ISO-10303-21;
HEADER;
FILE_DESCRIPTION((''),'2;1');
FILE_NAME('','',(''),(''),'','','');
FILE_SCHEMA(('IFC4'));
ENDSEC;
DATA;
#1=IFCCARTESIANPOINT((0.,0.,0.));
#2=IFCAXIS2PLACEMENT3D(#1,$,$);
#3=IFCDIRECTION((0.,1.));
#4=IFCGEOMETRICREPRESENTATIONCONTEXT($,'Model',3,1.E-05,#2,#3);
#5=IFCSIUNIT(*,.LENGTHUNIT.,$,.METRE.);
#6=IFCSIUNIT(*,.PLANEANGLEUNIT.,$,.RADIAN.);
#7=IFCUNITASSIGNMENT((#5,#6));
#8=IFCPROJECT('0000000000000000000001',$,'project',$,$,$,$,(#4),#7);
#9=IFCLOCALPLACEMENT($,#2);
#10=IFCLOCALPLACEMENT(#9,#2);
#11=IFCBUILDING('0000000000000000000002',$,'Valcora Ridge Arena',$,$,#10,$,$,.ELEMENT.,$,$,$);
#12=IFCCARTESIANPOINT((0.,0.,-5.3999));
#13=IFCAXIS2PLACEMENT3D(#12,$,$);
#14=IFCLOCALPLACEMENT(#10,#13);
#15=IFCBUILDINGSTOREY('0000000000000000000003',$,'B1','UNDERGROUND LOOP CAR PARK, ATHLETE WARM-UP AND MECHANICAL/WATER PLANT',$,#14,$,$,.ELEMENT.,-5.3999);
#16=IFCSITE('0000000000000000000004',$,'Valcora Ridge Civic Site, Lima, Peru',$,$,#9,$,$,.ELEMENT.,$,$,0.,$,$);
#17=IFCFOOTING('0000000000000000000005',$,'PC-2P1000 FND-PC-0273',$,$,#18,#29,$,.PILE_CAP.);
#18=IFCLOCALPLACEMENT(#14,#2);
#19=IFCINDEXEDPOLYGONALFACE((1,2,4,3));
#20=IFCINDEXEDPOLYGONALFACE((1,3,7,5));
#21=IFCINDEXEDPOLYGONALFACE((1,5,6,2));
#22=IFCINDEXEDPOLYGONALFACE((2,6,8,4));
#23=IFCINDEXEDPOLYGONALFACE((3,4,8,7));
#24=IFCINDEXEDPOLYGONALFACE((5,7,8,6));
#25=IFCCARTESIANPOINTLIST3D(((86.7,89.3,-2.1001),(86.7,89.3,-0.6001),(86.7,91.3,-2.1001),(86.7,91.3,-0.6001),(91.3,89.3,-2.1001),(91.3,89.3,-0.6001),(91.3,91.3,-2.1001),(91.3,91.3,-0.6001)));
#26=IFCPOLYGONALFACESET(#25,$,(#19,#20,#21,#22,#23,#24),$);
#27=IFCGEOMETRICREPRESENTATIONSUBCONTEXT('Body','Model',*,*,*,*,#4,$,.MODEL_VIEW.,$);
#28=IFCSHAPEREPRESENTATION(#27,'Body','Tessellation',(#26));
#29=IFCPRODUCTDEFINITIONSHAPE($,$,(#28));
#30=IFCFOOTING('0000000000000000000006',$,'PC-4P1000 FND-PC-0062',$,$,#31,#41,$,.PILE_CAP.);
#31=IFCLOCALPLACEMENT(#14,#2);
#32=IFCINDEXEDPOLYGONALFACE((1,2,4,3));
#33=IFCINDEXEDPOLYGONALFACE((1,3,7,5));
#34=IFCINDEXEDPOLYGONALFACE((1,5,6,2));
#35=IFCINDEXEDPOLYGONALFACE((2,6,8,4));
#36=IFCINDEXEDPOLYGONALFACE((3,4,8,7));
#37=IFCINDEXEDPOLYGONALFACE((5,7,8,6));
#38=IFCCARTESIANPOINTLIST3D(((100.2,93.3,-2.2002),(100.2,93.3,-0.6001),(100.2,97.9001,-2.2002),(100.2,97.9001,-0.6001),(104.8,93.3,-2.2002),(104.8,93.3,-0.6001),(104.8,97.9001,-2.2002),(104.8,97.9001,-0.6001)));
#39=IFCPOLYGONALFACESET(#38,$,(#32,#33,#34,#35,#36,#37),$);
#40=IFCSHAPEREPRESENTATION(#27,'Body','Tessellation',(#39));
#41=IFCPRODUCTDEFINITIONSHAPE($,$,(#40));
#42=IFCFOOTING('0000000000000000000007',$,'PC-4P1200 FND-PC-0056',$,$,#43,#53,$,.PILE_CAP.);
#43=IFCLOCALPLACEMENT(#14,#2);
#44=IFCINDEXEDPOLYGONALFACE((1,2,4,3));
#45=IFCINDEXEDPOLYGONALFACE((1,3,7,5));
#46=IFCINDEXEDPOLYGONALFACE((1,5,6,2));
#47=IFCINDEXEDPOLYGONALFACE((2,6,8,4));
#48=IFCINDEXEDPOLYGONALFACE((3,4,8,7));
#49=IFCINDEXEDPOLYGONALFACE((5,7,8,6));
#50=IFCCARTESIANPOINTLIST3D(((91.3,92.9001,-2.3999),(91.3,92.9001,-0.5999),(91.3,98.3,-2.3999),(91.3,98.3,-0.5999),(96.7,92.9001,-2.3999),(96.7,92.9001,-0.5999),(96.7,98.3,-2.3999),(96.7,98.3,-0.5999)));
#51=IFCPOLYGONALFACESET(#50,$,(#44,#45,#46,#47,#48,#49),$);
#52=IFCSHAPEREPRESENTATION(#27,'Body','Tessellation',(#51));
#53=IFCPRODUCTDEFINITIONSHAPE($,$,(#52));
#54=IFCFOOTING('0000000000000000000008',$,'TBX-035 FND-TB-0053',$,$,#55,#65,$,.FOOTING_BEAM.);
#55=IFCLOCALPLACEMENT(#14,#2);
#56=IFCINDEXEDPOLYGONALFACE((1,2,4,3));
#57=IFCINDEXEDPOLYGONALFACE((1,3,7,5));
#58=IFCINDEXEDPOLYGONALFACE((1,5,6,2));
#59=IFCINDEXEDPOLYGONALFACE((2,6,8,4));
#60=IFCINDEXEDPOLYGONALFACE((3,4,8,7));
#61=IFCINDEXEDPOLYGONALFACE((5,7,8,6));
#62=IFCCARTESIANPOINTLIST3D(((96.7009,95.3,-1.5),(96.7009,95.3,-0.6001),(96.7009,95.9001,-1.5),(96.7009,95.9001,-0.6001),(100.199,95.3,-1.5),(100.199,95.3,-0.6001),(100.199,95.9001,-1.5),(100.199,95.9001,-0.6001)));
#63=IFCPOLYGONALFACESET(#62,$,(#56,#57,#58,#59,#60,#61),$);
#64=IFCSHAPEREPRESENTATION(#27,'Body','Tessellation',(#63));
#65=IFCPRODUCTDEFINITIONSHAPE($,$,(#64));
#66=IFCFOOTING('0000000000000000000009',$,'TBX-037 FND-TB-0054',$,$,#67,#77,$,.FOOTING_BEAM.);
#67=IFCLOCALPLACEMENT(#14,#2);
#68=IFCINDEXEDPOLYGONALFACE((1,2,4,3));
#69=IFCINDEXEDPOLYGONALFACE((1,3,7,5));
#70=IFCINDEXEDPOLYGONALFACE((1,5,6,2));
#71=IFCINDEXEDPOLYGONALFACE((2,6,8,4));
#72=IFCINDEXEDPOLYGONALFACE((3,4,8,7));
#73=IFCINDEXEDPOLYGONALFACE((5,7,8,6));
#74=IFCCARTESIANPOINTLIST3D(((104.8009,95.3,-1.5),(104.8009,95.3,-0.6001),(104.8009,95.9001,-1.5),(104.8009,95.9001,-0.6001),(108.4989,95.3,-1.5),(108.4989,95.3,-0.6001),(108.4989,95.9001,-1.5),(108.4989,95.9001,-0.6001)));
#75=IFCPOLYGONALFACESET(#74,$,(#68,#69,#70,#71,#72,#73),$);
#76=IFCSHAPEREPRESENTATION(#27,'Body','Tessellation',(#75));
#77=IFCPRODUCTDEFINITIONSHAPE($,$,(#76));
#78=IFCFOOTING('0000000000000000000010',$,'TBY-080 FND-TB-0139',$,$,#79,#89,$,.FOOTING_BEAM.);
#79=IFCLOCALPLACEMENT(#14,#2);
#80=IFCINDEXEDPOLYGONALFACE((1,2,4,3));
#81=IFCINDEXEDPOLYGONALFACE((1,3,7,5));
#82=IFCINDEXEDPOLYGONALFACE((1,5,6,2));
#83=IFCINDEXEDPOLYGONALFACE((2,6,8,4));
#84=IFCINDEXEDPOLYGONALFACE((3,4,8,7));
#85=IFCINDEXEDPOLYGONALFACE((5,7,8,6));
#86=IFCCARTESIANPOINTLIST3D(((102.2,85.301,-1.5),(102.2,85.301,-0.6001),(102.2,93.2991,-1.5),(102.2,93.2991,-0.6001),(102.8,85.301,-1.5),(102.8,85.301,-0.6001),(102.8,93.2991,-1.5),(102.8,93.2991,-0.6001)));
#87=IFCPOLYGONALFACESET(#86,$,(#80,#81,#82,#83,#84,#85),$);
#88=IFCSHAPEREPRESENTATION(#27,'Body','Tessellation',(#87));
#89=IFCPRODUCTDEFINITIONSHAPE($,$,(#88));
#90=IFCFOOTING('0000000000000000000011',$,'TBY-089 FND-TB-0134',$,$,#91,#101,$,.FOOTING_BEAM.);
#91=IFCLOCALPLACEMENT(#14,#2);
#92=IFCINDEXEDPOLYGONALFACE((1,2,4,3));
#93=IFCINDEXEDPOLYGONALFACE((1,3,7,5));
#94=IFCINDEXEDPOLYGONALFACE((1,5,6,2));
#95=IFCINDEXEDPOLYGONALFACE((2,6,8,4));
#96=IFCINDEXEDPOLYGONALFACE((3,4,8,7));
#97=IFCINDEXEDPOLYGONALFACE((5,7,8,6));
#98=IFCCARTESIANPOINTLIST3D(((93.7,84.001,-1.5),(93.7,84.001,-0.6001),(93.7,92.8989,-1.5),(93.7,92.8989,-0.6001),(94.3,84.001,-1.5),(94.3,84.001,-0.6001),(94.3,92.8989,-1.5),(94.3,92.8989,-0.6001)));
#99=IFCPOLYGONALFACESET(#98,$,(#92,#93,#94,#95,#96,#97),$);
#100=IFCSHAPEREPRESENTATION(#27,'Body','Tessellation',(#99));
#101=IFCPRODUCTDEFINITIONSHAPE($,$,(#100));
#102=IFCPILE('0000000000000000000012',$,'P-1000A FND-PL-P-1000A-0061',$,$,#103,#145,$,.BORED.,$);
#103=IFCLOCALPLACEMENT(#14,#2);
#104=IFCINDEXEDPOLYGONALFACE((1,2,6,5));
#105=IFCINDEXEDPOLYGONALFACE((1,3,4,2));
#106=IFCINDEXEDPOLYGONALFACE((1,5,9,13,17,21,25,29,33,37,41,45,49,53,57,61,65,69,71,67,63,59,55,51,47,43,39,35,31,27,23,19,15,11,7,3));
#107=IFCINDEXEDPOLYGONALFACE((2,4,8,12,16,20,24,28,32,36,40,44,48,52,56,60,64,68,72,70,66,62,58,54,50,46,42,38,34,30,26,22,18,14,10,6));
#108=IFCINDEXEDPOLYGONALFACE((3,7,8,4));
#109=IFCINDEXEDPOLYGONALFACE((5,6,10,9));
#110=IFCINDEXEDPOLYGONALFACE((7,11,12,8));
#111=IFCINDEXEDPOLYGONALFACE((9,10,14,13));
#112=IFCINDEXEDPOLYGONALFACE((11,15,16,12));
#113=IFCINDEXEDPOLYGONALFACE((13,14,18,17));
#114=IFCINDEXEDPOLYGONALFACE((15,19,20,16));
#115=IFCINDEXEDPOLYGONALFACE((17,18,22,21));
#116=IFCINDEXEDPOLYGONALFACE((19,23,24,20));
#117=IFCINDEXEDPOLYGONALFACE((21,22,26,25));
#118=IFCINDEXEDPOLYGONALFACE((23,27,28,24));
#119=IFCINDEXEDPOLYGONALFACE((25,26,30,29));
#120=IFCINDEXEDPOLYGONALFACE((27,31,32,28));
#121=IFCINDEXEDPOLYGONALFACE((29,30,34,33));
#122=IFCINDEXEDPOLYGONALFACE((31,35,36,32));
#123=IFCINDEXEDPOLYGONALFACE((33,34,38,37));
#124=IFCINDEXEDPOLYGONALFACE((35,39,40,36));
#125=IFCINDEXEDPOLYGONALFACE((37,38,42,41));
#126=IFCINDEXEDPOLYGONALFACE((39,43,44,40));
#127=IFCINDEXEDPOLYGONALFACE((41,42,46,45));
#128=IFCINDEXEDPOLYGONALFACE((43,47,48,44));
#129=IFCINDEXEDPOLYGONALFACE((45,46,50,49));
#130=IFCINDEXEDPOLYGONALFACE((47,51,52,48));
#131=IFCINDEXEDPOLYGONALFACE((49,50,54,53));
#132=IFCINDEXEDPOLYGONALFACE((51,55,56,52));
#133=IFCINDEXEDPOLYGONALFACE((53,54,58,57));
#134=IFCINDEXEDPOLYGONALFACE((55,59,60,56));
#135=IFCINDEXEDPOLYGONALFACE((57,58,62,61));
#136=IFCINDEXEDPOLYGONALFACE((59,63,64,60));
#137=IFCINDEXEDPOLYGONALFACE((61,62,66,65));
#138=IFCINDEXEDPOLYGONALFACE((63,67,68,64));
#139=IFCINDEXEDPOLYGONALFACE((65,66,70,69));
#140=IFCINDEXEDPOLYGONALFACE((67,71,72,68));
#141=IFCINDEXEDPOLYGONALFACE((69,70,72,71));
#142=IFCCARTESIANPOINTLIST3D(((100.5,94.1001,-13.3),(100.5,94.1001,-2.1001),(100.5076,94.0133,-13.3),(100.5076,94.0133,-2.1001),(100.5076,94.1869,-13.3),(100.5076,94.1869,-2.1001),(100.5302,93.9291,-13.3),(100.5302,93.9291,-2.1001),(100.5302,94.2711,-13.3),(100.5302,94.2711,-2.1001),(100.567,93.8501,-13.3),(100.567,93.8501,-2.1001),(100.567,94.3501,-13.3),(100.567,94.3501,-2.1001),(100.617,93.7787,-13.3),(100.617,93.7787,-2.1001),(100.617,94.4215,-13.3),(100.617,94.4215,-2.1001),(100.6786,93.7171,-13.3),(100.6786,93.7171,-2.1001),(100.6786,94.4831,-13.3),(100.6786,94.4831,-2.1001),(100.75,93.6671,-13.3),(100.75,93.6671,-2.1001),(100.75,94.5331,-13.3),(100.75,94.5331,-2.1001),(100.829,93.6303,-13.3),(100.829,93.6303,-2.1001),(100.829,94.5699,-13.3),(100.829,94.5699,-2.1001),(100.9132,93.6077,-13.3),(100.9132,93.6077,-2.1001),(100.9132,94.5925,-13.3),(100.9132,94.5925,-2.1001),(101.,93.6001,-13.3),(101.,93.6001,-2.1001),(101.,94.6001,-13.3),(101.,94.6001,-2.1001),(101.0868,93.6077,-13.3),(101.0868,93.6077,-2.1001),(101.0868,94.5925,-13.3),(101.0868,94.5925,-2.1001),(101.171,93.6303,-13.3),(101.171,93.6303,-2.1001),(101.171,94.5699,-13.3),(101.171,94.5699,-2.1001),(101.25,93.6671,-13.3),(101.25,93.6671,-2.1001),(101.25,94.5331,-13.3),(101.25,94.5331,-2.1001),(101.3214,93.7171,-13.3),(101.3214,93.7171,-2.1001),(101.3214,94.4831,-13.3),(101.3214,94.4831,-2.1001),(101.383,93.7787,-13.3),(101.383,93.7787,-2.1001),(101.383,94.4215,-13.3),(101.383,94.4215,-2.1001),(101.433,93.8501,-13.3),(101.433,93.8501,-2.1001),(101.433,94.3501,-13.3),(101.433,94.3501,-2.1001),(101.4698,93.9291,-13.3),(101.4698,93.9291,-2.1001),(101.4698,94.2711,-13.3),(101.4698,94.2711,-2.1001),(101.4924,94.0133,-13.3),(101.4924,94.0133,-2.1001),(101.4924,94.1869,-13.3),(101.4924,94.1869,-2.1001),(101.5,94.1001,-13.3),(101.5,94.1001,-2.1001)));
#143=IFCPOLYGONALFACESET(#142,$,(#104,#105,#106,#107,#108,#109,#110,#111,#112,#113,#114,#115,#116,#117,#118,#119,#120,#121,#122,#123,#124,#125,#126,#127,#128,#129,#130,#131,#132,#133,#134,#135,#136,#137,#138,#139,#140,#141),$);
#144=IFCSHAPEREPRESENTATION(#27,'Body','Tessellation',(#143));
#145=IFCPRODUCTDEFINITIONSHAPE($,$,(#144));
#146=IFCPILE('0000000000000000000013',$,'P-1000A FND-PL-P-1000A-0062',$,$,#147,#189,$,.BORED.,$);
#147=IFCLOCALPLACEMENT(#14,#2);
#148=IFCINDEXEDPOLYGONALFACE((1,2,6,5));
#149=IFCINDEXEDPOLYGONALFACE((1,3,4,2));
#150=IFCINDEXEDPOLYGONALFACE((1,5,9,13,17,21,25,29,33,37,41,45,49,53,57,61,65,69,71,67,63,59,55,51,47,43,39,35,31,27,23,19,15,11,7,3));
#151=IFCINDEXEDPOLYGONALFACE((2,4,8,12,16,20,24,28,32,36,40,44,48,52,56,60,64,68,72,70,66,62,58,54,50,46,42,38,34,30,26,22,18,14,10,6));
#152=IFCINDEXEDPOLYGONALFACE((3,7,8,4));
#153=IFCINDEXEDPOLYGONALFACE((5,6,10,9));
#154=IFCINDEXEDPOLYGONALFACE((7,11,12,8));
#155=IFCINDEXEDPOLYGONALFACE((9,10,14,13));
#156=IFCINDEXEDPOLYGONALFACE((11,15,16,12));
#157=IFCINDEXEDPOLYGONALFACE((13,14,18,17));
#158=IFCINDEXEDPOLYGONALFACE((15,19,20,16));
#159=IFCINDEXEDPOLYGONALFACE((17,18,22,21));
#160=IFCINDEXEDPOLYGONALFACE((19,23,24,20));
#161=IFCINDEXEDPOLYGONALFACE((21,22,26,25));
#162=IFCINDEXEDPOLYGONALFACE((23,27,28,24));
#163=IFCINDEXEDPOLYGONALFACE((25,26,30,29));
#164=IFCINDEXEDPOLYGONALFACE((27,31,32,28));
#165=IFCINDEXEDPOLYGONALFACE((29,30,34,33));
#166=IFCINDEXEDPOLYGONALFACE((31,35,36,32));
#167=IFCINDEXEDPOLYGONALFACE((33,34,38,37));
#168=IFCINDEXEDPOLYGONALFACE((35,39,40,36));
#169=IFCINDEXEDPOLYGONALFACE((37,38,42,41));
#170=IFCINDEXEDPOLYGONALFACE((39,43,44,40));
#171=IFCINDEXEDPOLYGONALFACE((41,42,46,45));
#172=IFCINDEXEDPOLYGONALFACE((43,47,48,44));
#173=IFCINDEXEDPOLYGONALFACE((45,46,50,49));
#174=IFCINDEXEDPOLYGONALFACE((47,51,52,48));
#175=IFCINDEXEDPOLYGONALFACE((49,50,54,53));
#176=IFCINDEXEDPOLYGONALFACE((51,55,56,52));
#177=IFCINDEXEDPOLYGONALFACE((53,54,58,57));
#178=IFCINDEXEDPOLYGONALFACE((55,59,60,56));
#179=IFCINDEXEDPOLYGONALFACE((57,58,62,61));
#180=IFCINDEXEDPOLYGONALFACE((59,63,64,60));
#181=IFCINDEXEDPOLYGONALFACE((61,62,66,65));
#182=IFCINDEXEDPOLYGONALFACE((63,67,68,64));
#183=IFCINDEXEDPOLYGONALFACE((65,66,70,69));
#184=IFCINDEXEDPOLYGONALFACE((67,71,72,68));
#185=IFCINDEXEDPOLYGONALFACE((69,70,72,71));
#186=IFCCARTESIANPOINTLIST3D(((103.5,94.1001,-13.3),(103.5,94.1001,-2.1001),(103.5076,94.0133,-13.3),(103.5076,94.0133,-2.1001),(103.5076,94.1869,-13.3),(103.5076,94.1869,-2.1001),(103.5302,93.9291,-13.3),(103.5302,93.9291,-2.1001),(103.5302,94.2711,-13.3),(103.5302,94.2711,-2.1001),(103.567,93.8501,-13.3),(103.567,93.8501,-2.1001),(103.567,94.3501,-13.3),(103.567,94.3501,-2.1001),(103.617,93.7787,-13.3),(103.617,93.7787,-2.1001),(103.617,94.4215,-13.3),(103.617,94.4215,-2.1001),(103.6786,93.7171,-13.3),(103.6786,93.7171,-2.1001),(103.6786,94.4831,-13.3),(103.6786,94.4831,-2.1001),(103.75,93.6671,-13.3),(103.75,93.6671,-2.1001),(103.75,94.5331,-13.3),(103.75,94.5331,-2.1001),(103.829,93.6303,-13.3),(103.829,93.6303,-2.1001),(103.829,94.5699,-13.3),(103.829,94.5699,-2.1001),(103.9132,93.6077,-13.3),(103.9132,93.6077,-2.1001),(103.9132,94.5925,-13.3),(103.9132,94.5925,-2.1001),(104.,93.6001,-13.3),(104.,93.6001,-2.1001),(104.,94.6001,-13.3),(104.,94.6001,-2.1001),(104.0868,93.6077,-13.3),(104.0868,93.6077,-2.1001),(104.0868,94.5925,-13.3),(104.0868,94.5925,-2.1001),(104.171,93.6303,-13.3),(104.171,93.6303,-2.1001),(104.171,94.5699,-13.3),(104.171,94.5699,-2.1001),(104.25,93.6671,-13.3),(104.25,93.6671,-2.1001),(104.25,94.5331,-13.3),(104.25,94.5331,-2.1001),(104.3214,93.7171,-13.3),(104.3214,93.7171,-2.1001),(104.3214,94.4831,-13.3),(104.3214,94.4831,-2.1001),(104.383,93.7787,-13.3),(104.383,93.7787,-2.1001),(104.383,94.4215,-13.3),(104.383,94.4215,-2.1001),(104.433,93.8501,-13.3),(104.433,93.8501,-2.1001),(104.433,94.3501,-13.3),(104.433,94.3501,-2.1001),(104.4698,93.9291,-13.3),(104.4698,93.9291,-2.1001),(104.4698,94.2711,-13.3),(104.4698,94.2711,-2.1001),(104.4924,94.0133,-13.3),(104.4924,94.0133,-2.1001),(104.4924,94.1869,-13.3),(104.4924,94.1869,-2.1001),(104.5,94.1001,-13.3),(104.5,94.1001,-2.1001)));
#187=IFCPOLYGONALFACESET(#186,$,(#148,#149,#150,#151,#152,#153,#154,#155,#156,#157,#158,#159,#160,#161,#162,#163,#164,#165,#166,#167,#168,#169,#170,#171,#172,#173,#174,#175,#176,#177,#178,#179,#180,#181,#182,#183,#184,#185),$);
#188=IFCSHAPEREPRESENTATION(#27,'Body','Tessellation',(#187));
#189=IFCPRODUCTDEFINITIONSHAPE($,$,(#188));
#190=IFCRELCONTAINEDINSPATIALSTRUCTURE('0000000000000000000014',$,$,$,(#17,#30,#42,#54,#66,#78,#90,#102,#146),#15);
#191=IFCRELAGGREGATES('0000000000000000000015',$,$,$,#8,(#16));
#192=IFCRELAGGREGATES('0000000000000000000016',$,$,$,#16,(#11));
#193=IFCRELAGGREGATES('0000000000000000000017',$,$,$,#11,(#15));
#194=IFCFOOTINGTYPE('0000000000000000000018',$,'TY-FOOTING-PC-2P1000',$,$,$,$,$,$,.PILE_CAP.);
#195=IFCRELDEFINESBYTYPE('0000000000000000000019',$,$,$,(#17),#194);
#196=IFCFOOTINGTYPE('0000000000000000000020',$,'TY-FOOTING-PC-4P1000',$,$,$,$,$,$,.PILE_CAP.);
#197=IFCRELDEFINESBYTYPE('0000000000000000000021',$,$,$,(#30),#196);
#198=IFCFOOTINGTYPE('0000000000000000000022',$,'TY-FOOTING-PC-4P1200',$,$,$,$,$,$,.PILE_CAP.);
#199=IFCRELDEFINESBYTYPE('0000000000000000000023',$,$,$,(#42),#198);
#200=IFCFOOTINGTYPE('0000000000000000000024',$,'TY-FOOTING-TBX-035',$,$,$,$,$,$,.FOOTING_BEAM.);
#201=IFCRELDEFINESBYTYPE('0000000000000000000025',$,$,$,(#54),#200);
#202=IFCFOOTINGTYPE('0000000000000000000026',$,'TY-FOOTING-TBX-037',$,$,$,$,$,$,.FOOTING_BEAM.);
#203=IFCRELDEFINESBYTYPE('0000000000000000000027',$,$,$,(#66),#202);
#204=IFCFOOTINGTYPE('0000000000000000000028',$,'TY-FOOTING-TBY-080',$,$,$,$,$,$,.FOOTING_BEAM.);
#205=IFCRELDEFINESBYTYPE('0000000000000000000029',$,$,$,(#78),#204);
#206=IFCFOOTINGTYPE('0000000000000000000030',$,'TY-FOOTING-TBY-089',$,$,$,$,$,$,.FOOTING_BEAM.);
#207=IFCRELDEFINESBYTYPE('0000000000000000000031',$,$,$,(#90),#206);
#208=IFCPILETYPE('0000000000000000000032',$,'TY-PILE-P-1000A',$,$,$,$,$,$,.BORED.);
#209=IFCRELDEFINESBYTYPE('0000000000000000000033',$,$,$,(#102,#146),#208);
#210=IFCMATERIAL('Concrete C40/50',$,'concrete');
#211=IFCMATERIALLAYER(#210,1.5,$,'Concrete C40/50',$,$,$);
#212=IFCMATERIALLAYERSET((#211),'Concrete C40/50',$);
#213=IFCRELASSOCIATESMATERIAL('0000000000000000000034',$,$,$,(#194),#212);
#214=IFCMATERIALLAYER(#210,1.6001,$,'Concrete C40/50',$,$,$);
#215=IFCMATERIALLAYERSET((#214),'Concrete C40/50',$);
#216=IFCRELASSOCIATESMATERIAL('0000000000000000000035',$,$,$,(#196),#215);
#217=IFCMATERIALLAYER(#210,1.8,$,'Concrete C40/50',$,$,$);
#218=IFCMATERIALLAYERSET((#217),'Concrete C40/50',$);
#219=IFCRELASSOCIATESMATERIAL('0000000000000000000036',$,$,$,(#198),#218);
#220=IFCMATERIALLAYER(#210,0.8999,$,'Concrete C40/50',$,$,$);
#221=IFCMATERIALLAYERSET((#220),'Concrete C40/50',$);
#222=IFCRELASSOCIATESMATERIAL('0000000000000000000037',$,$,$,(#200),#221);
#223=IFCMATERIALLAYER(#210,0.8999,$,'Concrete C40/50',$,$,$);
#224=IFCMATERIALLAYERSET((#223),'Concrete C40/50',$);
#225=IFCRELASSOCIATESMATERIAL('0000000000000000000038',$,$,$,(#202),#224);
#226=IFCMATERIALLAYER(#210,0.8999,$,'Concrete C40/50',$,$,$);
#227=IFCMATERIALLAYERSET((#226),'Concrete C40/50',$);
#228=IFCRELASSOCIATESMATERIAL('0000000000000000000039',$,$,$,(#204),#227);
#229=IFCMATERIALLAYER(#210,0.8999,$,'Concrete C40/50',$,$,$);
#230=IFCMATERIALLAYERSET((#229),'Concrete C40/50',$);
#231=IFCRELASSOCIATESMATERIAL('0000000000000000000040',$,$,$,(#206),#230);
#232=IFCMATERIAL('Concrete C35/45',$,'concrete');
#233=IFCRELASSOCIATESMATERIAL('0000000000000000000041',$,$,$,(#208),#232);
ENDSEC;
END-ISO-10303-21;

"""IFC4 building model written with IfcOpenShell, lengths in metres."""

from ifc_helpers import new_model, si_unit, direction, frame, origin, origin_2d, place, context, subcontext, project, spatial, rectangle, circle, extrude, material, layer, layer_set, material_profile, profile_set, type_object, element, save


model = new_model("IFC4")

# Units and contexts
model_context = context("Model", 3, precision=1e-05, world=origin(), true_north=direction((0.0, 1.0)))
body_context = subcontext(model_context, "Body", "Model", "MODEL_VIEW")
ifc_project = project(units=[si_unit("LENGTHUNIT", "METRE"), si_unit("PLANEANGLEUNIT", "RADIAN")], contexts=[model_context])

# Site, building, storey
site_placement = place(None, origin())
site = spatial("IfcSite", under=ifc_project, at=site_placement, Name="Valcora Ridge Civic Site, Lima, Peru", CompositionType="ELEMENT", RefElevation=0.0)
building_placement = place(site_placement, origin())
building = spatial("IfcBuilding", under=site, at=building_placement, Name="Valcora Ridge Arena", CompositionType="ELEMENT")
storey_placement = place(building_placement, frame((0.0, 0.0, -5.3999)))
storey = spatial("IfcBuildingStorey", under=building, at=storey_placement, Name="B1", Description="UNDERGROUND LOOP CAR PARK, ATHLETE WARM-UP AND MECHANICAL/WATER PLANT", CompositionType="ELEMENT", Elevation=-5.3999)

# Footings
ifc_material_1 = material(Name="Concrete C40/50", Category="concrete")
ifc_layer_1 = layer(ifc_material_1, 1.5, Name="Concrete C40/50")
ifc_layer_set_1 = layer_set([ifc_layer_1], Name="Concrete C40/50")
footing_type_1 = type_object("IfcFootingType", Name="TY-FOOTING-PC-2P1000", PredefinedType="PILE_CAP", material=ifc_layer_set_1)
footing_1_placement = place(storey_placement, frame((89.0, 90.3, -2.1001), z_axis=(0.0, 0.0, 1.0), x_axis=(1.0, 0.0, 0.0)))
element("IfcFooting", 1, at=footing_1_placement, inside=storey, type_object=footing_type_1, Name="PC-2P1000 FND-PC-0273", PredefinedType="PILE_CAP", context=body_context, shape_type="SweptSolid", body=[
    extrude(rectangle(XDim=4.6001, YDim=2.0, at=origin_2d()), origin(), (0.0, 0.0, 1.0), 1.5),
])
ifc_layer_2 = layer(ifc_material_1, 1.6001, Name="Concrete C40/50")
ifc_layer_set_2 = layer_set([ifc_layer_2], Name="Concrete C40/50")
footing_type_2 = type_object("IfcFootingType", Name="TY-FOOTING-PC-4P1000", PredefinedType="PILE_CAP", material=ifc_layer_set_2)
footing_2_placement = place(storey_placement, frame((102.5, 95.6001, -2.2002), z_axis=(0.0, 0.0, 1.0), x_axis=(1.0, 0.0, 0.0)))
element("IfcFooting", 2, at=footing_2_placement, inside=storey, type_object=footing_type_2, Name="PC-4P1000 FND-PC-0062", PredefinedType="PILE_CAP", context=body_context, shape_type="SweptSolid", body=[
    extrude(rectangle(XDim=4.6001, YDim=4.6001, at=origin_2d()), origin(), (0.0, 0.0, 1.0), 1.6001),
])
ifc_layer_3 = layer(ifc_material_1, 1.8, Name="Concrete C40/50")
ifc_layer_set_3 = layer_set([ifc_layer_3], Name="Concrete C40/50")
footing_type_3 = type_object("IfcFootingType", Name="TY-FOOTING-PC-4P1200", PredefinedType="PILE_CAP", material=ifc_layer_set_3)
footing_3_placement = place(storey_placement, frame((94.0, 95.6001, -2.3999), z_axis=(0.0, 0.0, 1.0), x_axis=(1.0, 0.0, 0.0)))
element("IfcFooting", 3, at=footing_3_placement, inside=storey, type_object=footing_type_3, Name="PC-4P1200 FND-PC-0056", PredefinedType="PILE_CAP", context=body_context, shape_type="SweptSolid", body=[
    extrude(rectangle(XDim=5.3999, YDim=5.3999, at=origin_2d()), origin(), (0.0, 0.0, 1.0), 1.8),
])
ifc_layer_4 = layer(ifc_material_1, 0.8999, Name="Concrete C40/50")
ifc_layer_set_4 = layer_set([ifc_layer_4], Name="Concrete C40/50")
footing_type_4 = type_object("IfcFootingType", Name="TY-FOOTING-TBX-035", PredefinedType="FOOTING_BEAM", material=ifc_layer_set_4)
footing_4_placement = place(storey_placement, frame((98.45, 95.6001, -1.5), z_axis=(0.0, 0.0, 1.0), x_axis=(1.0, 0.0, 0.0)))
element("IfcFooting", 4, at=footing_4_placement, inside=storey, type_object=footing_type_4, Name="TBX-035 FND-TB-0053", PredefinedType="FOOTING_BEAM", context=body_context, shape_type="SweptSolid", body=[
    extrude(rectangle(XDim=3.498, YDim=0.6001, at=origin_2d()), origin(), (0.0, 0.0, 1.0), 0.8999),
])
ifc_layer_5 = layer(ifc_material_1, 0.8999, Name="Concrete C40/50")
ifc_layer_set_5 = layer_set([ifc_layer_5], Name="Concrete C40/50")
footing_type_5 = type_object("IfcFootingType", Name="TY-FOOTING-TBX-037", PredefinedType="FOOTING_BEAM", material=ifc_layer_set_5)
footing_5_placement = place(storey_placement, frame((106.6499, 95.6001, -1.5), z_axis=(0.0, 0.0, 1.0), x_axis=(1.0, 0.0, 0.0)))
element("IfcFooting", 5, at=footing_5_placement, inside=storey, type_object=footing_type_5, Name="TBX-037 FND-TB-0054", PredefinedType="FOOTING_BEAM", context=body_context, shape_type="SweptSolid", body=[
    extrude(rectangle(XDim=3.698, YDim=0.6001, at=origin_2d()), origin(), (0.0, 0.0, 1.0), 0.8999),
])
ifc_layer_6 = layer(ifc_material_1, 0.8999, Name="Concrete C40/50")
ifc_layer_set_6 = layer_set([ifc_layer_6], Name="Concrete C40/50")
footing_type_6 = type_object("IfcFootingType", Name="TY-FOOTING-TBY-080", PredefinedType="FOOTING_BEAM", material=ifc_layer_set_6)
footing_6_placement = place(storey_placement, frame((102.5, 89.3, -1.5), z_axis=(0.0, 0.0, 1.0), x_axis=(1.0, 0.0, 0.0)))
element("IfcFooting", 6, at=footing_6_placement, inside=storey, type_object=footing_type_6, Name="TBY-080 FND-TB-0139", PredefinedType="FOOTING_BEAM", context=body_context, shape_type="SweptSolid", body=[
    extrude(rectangle(XDim=0.6001, YDim=7.998, at=origin_2d()), origin(), (0.0, 0.0, 1.0), 0.8999),
])
ifc_layer_7 = layer(ifc_material_1, 0.8999, Name="Concrete C40/50")
ifc_layer_set_7 = layer_set([ifc_layer_7], Name="Concrete C40/50")
footing_type_7 = type_object("IfcFootingType", Name="TY-FOOTING-TBY-089", PredefinedType="FOOTING_BEAM", material=ifc_layer_set_7)
footing_7_placement = place(storey_placement, frame((94.0, 88.45, -1.5), z_axis=(0.0, 0.0, 1.0), x_axis=(1.0, 0.0, 0.0)))
element("IfcFooting", 7, at=footing_7_placement, inside=storey, type_object=footing_type_7, Name="TBY-089 FND-TB-0134", PredefinedType="FOOTING_BEAM", context=body_context, shape_type="SweptSolid", body=[
    extrude(rectangle(XDim=0.6001, YDim=8.8979, at=origin_2d()), origin(), (0.0, 0.0, 1.0), 0.8999),
])

# Piles
ifc_material_2 = material(Name="Concrete C35/45", Category="concrete")
ifc_material_profile_1 = material_profile(ifc_material_2, circle(Radius=0.5, at=origin_2d()), Name="BORED PILE D1000")
ifc_profile_set_1 = profile_set([ifc_material_profile_1], Name="Concrete C35/45")
pile_type_1 = type_object("IfcPileType", Name="TY-PILE-P-1000A", PredefinedType="BORED", material=ifc_profile_set_1)
for number, where, z_axis, x_axis, name in (
    (8, (101.0, 94.1001, -2.1001), (0.0, 0.0, -1.0), (1.0, 0.0, 0.0), "P-1000A FND-PL-P-1000A-0061"),
    (9, (104.0, 94.1001, -2.1001), (0.0, 0.0, -1.0), (1.0, 0.0, 0.0), "P-1000A FND-PL-P-1000A-0062"),
):
    element("IfcPile", number, at=place(storey_placement, frame(where, z_axis=z_axis, x_axis=x_axis)), inside=storey, type_object=pile_type_1, Name=name, PredefinedType="BORED", context=body_context, shape_type="SweptSolid", body=[
        extrude(circle(Radius=0.5, at=origin_2d()), origin(), (0.0, 0.0, 1.0), 11.2),
    ])

save(model, "model.ifc")
